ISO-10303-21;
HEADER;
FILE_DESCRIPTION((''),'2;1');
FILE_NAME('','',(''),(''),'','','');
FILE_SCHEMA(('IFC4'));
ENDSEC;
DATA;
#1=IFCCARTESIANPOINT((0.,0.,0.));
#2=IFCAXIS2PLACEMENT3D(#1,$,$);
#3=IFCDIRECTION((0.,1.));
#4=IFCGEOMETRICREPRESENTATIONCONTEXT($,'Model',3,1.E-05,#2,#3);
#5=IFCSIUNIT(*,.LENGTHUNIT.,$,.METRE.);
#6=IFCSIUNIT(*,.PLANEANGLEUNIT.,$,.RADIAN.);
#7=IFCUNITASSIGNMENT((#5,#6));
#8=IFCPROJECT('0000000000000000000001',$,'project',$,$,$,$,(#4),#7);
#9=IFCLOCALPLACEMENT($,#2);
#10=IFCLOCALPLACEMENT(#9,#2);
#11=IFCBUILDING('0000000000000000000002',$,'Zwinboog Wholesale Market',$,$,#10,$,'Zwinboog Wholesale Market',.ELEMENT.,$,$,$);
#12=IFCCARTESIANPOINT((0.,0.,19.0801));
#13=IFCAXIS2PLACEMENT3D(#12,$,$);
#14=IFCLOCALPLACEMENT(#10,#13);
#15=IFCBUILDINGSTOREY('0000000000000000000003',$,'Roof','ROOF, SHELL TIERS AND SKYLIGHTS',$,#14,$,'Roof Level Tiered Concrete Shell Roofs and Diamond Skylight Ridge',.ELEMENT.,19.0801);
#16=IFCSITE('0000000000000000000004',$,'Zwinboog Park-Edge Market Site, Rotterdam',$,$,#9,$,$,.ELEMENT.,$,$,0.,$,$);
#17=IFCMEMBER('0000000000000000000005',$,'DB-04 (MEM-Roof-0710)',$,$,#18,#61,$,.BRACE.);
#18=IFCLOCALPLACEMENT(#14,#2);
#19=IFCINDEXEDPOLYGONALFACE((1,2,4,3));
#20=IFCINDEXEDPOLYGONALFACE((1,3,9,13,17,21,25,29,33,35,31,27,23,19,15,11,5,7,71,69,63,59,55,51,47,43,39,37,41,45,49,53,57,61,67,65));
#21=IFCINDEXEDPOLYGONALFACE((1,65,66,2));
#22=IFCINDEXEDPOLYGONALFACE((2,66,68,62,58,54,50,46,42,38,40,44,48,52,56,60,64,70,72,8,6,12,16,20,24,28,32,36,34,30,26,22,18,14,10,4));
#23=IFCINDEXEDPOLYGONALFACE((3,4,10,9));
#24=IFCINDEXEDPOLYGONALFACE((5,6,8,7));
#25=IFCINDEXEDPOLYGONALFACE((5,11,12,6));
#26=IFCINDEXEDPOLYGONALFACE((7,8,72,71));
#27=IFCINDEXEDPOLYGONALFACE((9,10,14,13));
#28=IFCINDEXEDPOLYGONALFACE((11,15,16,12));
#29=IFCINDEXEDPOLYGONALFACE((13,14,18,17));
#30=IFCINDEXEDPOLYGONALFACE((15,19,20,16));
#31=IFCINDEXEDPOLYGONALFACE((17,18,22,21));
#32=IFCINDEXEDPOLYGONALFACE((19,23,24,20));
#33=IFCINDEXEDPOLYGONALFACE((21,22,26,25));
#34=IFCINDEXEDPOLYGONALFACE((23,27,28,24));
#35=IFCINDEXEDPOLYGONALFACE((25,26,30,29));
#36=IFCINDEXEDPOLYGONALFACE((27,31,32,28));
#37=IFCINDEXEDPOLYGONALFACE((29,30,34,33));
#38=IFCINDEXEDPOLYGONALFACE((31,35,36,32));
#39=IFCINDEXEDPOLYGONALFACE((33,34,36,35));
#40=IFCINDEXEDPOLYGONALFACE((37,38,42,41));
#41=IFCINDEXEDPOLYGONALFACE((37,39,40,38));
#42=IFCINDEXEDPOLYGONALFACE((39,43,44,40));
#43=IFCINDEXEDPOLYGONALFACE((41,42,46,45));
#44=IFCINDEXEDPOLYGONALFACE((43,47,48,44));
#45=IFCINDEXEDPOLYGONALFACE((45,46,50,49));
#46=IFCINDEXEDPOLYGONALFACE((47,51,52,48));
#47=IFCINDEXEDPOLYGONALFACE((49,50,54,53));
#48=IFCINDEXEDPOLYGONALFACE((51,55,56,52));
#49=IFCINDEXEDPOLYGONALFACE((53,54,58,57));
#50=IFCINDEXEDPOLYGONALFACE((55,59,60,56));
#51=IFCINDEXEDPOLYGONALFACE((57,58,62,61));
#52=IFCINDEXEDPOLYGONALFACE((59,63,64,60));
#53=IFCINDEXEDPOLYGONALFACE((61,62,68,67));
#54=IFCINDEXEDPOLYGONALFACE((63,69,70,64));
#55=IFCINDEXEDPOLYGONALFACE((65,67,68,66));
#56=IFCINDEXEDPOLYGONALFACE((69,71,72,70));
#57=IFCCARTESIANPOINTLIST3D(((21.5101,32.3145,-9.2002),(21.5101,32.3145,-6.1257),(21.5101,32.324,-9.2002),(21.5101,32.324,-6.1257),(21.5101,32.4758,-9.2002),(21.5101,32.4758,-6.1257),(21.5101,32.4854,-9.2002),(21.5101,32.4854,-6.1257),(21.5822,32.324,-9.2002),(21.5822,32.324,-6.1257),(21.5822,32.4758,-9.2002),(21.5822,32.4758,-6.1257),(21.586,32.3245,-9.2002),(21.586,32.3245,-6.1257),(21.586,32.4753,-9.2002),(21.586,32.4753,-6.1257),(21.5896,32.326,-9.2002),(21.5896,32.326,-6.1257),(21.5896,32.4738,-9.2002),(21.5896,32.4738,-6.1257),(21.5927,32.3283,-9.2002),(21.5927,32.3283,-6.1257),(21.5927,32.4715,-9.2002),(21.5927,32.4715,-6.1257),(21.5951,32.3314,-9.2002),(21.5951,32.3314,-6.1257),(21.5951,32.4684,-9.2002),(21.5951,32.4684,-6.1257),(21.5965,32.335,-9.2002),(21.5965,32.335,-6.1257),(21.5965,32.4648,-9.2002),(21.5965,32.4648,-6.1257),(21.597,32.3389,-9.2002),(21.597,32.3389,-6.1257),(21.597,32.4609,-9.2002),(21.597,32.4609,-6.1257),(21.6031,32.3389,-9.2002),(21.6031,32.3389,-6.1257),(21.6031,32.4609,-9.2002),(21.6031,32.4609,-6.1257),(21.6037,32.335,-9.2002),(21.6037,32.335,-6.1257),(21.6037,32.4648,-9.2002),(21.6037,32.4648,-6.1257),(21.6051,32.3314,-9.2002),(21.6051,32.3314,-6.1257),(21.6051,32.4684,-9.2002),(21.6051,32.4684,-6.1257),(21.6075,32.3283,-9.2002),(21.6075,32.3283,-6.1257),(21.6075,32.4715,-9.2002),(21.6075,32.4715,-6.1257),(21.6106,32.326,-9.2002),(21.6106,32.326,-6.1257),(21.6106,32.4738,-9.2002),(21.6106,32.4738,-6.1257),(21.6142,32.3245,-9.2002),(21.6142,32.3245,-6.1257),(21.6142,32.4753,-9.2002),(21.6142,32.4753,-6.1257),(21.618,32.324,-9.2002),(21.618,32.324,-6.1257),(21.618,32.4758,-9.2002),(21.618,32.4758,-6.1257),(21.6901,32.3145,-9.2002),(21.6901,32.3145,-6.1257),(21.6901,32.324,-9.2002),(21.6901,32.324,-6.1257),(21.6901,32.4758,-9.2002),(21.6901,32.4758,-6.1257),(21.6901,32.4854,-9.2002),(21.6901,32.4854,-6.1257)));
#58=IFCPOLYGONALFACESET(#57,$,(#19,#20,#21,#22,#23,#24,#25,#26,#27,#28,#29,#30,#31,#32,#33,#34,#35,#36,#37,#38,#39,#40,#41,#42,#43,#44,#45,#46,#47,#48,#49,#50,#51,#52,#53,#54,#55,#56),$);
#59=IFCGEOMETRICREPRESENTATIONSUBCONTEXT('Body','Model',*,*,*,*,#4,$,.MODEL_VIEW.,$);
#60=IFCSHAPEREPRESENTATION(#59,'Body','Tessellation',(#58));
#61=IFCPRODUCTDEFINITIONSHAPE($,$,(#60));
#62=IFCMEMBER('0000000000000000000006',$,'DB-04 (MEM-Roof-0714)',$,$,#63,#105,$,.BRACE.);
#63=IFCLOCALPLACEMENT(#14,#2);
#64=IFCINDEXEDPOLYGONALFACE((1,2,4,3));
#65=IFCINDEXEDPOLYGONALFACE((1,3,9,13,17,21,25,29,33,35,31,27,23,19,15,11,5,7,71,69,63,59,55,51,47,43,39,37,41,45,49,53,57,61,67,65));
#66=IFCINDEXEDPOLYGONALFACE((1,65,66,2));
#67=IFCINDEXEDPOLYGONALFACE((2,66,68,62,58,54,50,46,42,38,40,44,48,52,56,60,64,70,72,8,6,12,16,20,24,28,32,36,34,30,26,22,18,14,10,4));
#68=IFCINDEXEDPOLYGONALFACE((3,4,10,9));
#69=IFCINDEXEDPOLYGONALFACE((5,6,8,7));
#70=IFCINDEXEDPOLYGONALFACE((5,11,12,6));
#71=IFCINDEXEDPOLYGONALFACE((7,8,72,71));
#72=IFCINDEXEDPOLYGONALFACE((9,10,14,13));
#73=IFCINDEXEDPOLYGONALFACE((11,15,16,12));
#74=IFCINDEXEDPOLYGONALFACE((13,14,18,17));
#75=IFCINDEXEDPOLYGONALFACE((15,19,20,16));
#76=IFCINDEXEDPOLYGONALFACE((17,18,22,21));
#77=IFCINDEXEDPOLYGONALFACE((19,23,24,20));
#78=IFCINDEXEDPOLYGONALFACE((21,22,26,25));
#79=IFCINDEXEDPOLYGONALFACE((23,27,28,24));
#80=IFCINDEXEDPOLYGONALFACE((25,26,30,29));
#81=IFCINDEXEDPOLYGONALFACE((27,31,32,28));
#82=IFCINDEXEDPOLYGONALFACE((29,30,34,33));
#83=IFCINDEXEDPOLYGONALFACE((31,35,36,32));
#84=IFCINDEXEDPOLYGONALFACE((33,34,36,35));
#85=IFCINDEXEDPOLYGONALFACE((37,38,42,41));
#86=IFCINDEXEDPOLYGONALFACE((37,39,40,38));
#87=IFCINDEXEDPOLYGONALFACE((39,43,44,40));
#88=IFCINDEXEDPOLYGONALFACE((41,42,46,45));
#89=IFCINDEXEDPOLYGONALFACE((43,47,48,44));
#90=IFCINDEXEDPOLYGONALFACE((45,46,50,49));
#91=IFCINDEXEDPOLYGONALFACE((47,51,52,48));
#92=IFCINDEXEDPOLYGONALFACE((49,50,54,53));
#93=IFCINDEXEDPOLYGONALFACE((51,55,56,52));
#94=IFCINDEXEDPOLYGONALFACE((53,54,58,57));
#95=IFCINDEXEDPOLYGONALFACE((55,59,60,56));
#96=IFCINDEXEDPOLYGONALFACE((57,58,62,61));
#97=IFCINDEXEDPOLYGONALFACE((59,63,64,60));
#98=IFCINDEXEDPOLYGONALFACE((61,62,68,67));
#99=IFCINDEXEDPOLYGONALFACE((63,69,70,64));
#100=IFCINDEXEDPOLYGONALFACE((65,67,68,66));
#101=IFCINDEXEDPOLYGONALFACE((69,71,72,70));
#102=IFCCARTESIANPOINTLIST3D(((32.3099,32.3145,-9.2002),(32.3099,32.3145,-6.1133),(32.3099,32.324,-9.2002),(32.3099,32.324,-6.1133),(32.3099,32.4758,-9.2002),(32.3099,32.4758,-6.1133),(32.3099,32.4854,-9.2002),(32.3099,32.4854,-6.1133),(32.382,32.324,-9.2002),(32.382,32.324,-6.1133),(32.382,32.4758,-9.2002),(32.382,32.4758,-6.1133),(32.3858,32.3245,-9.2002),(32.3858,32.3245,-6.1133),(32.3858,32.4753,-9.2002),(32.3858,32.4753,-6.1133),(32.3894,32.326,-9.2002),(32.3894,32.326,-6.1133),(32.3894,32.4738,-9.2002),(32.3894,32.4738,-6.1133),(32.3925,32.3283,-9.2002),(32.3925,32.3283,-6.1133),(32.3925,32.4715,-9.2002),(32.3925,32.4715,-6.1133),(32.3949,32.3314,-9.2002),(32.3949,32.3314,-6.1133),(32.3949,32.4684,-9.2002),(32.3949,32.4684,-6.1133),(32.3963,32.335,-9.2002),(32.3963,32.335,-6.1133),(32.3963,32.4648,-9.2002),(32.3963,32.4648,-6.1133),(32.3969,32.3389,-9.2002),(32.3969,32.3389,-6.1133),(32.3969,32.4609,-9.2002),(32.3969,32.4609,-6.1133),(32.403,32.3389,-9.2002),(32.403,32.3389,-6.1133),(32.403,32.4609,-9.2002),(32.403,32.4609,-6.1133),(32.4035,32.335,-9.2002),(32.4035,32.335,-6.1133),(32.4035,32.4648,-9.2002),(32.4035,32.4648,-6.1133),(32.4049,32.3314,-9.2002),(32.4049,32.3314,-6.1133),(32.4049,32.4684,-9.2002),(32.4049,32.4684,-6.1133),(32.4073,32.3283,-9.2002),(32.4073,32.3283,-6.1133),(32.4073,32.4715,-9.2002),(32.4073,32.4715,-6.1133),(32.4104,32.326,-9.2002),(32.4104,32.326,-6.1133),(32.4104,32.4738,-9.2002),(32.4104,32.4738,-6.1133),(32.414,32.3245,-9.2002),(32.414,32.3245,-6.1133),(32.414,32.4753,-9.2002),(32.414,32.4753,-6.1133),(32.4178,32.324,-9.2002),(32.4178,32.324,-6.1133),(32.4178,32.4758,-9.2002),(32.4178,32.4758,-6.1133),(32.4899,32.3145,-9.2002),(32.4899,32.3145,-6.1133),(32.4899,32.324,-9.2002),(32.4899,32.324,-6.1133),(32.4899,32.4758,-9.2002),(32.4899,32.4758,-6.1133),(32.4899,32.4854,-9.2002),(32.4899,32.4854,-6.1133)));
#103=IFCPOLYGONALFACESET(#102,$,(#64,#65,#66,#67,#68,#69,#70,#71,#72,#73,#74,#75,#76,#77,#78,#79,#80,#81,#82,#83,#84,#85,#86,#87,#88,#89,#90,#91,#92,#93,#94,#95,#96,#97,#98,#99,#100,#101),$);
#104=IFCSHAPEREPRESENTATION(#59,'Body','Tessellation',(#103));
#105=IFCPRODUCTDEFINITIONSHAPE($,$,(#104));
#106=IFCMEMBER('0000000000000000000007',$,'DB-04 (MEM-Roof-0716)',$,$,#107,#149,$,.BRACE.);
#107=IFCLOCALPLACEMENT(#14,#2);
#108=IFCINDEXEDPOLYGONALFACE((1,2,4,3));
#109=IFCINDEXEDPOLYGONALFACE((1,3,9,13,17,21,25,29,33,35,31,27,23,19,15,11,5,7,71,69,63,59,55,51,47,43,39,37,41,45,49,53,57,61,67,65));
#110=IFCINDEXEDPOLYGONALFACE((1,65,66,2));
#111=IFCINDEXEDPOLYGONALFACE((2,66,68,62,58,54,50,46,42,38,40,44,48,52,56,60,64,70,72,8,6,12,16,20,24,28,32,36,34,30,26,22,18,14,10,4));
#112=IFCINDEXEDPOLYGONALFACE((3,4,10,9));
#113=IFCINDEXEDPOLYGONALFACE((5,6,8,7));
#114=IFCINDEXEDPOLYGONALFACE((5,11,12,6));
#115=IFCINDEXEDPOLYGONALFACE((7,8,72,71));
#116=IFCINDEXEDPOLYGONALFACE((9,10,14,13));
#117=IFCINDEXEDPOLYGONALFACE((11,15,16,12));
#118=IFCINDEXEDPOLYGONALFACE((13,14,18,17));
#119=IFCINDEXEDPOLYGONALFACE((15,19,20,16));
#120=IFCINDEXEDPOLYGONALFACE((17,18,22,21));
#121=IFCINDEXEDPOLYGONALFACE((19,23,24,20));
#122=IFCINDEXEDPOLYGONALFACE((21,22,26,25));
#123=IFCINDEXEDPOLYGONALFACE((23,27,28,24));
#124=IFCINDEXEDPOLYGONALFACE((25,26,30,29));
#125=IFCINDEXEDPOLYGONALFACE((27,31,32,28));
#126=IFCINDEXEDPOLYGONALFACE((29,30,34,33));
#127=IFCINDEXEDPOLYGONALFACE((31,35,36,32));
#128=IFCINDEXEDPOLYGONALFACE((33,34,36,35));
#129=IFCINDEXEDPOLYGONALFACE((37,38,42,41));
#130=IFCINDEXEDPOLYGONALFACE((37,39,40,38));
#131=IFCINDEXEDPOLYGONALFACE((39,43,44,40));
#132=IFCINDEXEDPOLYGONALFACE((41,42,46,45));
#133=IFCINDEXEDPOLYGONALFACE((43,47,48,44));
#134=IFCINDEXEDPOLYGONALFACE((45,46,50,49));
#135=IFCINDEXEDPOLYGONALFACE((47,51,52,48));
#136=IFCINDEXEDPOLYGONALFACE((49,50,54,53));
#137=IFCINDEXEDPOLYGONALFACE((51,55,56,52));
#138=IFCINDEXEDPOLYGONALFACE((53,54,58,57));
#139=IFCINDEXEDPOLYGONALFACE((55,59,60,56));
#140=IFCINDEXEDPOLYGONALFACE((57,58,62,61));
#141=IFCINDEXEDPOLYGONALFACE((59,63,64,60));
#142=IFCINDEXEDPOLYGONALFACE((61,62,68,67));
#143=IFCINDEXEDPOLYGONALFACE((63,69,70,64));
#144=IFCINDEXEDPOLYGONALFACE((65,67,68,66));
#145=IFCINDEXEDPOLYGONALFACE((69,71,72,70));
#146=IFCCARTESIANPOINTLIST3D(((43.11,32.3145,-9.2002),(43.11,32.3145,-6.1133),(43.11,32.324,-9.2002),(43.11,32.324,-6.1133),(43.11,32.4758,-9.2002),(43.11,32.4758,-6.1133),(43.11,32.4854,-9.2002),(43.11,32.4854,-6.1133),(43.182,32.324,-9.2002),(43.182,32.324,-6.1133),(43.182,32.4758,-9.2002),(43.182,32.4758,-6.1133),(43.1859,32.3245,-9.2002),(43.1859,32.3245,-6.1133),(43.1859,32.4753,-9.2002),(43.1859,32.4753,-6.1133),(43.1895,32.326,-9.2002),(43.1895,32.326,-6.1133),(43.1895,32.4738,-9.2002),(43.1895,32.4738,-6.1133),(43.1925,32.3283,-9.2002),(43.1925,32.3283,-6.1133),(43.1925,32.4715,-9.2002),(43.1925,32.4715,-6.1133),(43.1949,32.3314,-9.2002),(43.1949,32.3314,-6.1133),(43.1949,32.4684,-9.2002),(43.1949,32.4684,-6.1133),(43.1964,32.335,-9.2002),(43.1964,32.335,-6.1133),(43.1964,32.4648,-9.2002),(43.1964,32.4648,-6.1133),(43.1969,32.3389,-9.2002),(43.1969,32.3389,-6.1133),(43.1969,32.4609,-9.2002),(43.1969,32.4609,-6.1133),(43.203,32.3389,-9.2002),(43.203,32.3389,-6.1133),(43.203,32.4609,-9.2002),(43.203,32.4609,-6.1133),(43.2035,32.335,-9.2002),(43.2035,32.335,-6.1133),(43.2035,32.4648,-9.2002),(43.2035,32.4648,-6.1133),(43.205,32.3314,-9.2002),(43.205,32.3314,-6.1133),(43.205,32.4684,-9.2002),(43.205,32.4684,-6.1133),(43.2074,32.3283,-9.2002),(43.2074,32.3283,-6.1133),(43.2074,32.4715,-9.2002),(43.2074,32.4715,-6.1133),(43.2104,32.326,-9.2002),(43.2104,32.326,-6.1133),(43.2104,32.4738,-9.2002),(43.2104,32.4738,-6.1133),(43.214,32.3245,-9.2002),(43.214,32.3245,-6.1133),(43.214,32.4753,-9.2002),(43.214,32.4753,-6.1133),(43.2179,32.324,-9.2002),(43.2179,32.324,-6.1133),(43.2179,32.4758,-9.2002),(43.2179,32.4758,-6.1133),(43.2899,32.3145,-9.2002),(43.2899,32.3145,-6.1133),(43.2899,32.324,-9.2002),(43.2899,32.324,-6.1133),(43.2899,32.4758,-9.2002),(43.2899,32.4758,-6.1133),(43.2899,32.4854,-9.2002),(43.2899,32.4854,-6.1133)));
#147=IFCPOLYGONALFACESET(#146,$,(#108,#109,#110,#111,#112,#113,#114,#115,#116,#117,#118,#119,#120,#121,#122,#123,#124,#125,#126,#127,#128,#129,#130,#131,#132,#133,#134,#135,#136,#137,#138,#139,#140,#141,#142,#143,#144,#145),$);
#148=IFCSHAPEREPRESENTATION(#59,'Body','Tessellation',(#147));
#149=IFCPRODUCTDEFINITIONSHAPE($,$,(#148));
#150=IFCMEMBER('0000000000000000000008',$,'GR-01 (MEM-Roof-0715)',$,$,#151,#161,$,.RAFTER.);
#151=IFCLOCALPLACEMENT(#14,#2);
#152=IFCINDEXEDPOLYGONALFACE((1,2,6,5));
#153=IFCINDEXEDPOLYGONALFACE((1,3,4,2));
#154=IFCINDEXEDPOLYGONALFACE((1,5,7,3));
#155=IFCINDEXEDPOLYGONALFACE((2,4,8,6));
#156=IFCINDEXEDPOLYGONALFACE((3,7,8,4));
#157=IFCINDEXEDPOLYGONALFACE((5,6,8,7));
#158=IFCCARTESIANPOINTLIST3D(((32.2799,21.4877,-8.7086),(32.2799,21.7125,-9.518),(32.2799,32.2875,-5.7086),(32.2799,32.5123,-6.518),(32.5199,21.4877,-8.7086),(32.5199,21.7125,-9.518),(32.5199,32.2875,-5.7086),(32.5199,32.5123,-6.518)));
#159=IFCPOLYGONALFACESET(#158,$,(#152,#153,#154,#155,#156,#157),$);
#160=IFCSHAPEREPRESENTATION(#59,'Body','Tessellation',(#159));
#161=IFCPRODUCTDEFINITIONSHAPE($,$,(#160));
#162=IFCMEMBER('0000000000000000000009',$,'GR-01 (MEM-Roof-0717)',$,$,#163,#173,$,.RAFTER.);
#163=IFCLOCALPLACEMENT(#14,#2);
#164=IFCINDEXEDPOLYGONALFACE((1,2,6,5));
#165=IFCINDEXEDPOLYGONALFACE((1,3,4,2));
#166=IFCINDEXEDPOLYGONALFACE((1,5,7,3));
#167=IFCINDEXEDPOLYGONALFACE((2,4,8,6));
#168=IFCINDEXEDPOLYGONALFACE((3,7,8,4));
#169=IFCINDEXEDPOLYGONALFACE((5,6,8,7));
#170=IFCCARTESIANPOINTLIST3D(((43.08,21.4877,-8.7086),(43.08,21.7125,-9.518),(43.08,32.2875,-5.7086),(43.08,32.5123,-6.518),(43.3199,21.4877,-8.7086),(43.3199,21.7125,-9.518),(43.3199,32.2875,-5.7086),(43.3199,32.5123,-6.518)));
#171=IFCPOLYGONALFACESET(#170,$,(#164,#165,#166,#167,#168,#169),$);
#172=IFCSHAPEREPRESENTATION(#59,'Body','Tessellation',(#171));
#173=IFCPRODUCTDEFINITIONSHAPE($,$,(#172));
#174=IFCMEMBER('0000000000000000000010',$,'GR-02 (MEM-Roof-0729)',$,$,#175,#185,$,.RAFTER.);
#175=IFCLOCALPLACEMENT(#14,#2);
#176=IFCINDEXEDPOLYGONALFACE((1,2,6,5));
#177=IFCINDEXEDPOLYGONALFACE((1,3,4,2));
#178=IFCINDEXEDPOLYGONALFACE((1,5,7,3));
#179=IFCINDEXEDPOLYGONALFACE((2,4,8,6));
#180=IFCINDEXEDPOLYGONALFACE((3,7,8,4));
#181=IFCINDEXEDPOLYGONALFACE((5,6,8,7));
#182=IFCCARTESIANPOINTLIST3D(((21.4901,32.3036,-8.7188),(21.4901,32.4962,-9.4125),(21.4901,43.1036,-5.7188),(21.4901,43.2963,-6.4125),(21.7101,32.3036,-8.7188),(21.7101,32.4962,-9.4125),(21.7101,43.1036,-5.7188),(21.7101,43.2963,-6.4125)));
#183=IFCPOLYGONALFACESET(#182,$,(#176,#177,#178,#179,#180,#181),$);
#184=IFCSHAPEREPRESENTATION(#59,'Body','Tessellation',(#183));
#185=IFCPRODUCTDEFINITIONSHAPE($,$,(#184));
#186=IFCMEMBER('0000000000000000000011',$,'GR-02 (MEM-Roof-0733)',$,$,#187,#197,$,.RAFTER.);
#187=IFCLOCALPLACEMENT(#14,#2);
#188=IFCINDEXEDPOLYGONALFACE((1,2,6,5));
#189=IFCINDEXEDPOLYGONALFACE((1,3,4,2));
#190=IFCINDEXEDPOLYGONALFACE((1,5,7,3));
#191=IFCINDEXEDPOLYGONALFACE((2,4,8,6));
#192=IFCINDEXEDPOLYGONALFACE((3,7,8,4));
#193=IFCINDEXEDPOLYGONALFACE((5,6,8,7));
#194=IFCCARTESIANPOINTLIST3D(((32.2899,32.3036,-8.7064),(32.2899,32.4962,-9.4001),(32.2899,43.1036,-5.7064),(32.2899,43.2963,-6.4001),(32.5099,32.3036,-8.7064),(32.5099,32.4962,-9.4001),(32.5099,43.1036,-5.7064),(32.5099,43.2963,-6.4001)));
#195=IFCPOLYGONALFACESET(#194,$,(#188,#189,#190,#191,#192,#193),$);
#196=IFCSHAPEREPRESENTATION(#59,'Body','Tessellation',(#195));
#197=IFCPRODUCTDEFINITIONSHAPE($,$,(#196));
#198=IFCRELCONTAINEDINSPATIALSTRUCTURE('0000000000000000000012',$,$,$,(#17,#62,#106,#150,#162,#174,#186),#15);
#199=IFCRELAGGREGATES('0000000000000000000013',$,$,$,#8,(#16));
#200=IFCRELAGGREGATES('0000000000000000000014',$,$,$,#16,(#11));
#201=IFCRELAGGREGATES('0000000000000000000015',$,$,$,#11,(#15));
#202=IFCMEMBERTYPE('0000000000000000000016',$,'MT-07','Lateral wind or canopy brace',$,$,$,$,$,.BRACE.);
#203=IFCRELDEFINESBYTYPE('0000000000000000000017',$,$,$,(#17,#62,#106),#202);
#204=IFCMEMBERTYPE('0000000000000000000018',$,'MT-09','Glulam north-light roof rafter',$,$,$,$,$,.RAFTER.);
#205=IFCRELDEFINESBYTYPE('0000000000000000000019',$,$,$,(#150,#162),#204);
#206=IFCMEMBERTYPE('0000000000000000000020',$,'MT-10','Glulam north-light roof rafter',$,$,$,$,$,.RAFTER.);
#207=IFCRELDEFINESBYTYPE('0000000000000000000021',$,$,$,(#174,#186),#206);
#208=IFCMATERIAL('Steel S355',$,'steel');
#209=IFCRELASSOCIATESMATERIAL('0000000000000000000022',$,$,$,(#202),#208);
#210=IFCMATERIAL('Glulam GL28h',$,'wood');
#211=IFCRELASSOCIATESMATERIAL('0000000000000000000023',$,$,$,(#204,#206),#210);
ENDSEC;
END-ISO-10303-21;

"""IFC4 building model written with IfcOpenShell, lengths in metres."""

from ifc_helpers import new_model, si_unit, direction, frame, origin, origin_2d, place, context, subcontext, project, spatial, rectangle, i_section, extrude, material, material_profile, profile_set, type_object, element, save


model = new_model("IFC4")

# Units and contexts
model_context = context("Model", 3, precision=1e-05, world=origin(), true_north=direction((0.0, 1.0)))
body_context = subcontext(model_context, "Body", "Model", "MODEL_VIEW")
ifc_project = project(units=[si_unit("LENGTHUNIT", "METRE"), si_unit("PLANEANGLEUNIT", "RADIAN")], contexts=[model_context])

# Site, building, storey
site_placement = place(None, origin())
site = spatial("IfcSite", under=ifc_project, at=site_placement, Name="Zwinboog Park-Edge Market Site, Rotterdam", CompositionType="ELEMENT", RefElevation=0.0)
building_placement = place(site_placement, origin())
building = spatial("IfcBuilding", under=site, at=building_placement, Name="Zwinboog Wholesale Market", LongName="Zwinboog Wholesale Market", CompositionType="ELEMENT")
storey_placement = place(building_placement, frame((0.0, 0.0, 19.0801)))
storey = spatial("IfcBuildingStorey", under=building, at=storey_placement, Name="Roof", Description="ROOF, SHELL TIERS AND SKYLIGHTS", LongName="Roof Level Tiered Concrete Shell Roofs and Diamond Skylight Ridge", CompositionType="ELEMENT", Elevation=19.0801)

# Members
ifc_material_1 = material(Name="Steel S355", Category="steel")
ifc_material_profile_1 = material_profile(ifc_material_1, i_section(OverallWidth=0.1799, OverallDepth=0.1709, WebThickness=0.0061, FlangeThickness=0.0095, FilletRadius=0.0149, at=origin_2d()), Name="HEA 180")
ifc_profile_set_1 = profile_set([ifc_material_profile_1], Name="Steel S355")
member_type_1 = type_object("IfcMemberType", Name="MT-07", Description="Lateral wind or canopy brace", PredefinedType="BRACE", material=ifc_profile_set_1)
member_1_placement = place(storey_placement, frame((21.6001, 32.3999, -9.2002), z_axis=(0.0, 0.0, 1.0), x_axis=(1.0, 0.0, 0.0)))
element("IfcMember", 1, at=member_1_placement, inside=storey, type_object=member_type_1, Name="DB-04 (MEM-Roof-0710)", PredefinedType="BRACE", context=body_context, shape_type="SweptSolid", body=[
    extrude(i_section(OverallWidth=0.1799, OverallDepth=0.1709, WebThickness=0.0061, FlangeThickness=0.0095, FilletRadius=0.0149, at=origin_2d()), origin(), (0.0, 0.0, 1.0), 3.0745),
])
for number, where, z_axis, x_axis, name in (
    (2, (32.3999, 32.3999, -9.2002), (0.0, 0.0, 1.0), (1.0, 0.0, 0.0), "DB-04 (MEM-Roof-0714)"),
    (3, (43.2, 32.3999, -9.2002), (0.0, 0.0, 1.0), (1.0, 0.0, 0.0), "DB-04 (MEM-Roof-0716)"),
):
    element("IfcMember", number, at=place(storey_placement, frame(where, z_axis=z_axis, x_axis=x_axis)), inside=storey, type_object=member_type_1, Name=name, PredefinedType="BRACE", context=body_context, shape_type="SweptSolid", body=[
        extrude(i_section(OverallWidth=0.1799, OverallDepth=0.1709, WebThickness=0.0061, FlangeThickness=0.0095, FilletRadius=0.0149, at=origin_2d()), origin(), (0.0, 0.0, 1.0), 3.0869),
    ])
ifc_material_2 = material(Name="Glulam GL28h", Category="wood")
ifc_material_profile_2 = material_profile(ifc_material_2, rectangle(XDim=0.24, YDim=0.8401, at=origin_2d()), Name="GL28h 240x840")
ifc_profile_set_2 = profile_set([ifc_material_profile_2], Name="Glulam GL28h")
member_type_2 = type_object("IfcMemberType", Name="MT-09", Description="Glulam north-light roof rafter", PredefinedType="RAFTER", material=ifc_profile_set_2)
for number, where, z_axis, x_axis, name in (
    (4, (32.3999, 21.6001, -9.1133), (0.0, 0.963517, 0.267648), (-1.0, 0.0, 0.0), "GR-01 (MEM-Roof-0715)"),
    (5, (43.2, 21.6001, -9.1133), (0.0, 0.963517, 0.267648), (-1.0, 0.0, 0.0), "GR-01 (MEM-Roof-0717)"),
):
    element("IfcMember", number, at=place(storey_placement, frame(where, z_axis=z_axis, x_axis=x_axis)), inside=storey, type_object=member_type_2, Name=name, PredefinedType="RAFTER", context=body_context, shape_type="SweptSolid", body=[
        extrude(rectangle(XDim=0.24, YDim=0.8401, at=origin_2d()), origin(), (0.0, 0.0, 1.0), 11.2087),
    ])
ifc_material_profile_3 = material_profile(ifc_material_2, rectangle(XDim=0.22, YDim=0.72, at=origin_2d()), Name="GL28h 220x720")
ifc_profile_set_3 = profile_set([ifc_material_profile_3], Name="Glulam GL28h")
member_type_3 = type_object("IfcMemberType", Name="MT-10", Description="Glulam north-light roof rafter", PredefinedType="RAFTER", material=ifc_profile_set_3)
for number, where, z_axis, x_axis, name in (
    (6, (21.6001, 32.3999, -9.0657), (0.0, 0.963518, 0.267643), (-1.0, 0.0, 0.0), "GR-02 (MEM-Roof-0729)"),
    (7, (32.3999, 32.3999, -9.0532), (0.0, 0.963518, 0.267643), (-1.0, 0.0, 0.0), "GR-02 (MEM-Roof-0733)"),
):
    element("IfcMember", number, at=place(storey_placement, frame(where, z_axis=z_axis, x_axis=x_axis)), inside=storey, type_object=member_type_3, Name=name, PredefinedType="RAFTER", context=body_context, shape_type="SweptSolid", body=[
        extrude(rectangle(XDim=0.22, YDim=0.72, at=origin_2d()), origin(), (0.0, 0.0, 1.0), 11.209),
    ])

save(model, "model.ifc")
